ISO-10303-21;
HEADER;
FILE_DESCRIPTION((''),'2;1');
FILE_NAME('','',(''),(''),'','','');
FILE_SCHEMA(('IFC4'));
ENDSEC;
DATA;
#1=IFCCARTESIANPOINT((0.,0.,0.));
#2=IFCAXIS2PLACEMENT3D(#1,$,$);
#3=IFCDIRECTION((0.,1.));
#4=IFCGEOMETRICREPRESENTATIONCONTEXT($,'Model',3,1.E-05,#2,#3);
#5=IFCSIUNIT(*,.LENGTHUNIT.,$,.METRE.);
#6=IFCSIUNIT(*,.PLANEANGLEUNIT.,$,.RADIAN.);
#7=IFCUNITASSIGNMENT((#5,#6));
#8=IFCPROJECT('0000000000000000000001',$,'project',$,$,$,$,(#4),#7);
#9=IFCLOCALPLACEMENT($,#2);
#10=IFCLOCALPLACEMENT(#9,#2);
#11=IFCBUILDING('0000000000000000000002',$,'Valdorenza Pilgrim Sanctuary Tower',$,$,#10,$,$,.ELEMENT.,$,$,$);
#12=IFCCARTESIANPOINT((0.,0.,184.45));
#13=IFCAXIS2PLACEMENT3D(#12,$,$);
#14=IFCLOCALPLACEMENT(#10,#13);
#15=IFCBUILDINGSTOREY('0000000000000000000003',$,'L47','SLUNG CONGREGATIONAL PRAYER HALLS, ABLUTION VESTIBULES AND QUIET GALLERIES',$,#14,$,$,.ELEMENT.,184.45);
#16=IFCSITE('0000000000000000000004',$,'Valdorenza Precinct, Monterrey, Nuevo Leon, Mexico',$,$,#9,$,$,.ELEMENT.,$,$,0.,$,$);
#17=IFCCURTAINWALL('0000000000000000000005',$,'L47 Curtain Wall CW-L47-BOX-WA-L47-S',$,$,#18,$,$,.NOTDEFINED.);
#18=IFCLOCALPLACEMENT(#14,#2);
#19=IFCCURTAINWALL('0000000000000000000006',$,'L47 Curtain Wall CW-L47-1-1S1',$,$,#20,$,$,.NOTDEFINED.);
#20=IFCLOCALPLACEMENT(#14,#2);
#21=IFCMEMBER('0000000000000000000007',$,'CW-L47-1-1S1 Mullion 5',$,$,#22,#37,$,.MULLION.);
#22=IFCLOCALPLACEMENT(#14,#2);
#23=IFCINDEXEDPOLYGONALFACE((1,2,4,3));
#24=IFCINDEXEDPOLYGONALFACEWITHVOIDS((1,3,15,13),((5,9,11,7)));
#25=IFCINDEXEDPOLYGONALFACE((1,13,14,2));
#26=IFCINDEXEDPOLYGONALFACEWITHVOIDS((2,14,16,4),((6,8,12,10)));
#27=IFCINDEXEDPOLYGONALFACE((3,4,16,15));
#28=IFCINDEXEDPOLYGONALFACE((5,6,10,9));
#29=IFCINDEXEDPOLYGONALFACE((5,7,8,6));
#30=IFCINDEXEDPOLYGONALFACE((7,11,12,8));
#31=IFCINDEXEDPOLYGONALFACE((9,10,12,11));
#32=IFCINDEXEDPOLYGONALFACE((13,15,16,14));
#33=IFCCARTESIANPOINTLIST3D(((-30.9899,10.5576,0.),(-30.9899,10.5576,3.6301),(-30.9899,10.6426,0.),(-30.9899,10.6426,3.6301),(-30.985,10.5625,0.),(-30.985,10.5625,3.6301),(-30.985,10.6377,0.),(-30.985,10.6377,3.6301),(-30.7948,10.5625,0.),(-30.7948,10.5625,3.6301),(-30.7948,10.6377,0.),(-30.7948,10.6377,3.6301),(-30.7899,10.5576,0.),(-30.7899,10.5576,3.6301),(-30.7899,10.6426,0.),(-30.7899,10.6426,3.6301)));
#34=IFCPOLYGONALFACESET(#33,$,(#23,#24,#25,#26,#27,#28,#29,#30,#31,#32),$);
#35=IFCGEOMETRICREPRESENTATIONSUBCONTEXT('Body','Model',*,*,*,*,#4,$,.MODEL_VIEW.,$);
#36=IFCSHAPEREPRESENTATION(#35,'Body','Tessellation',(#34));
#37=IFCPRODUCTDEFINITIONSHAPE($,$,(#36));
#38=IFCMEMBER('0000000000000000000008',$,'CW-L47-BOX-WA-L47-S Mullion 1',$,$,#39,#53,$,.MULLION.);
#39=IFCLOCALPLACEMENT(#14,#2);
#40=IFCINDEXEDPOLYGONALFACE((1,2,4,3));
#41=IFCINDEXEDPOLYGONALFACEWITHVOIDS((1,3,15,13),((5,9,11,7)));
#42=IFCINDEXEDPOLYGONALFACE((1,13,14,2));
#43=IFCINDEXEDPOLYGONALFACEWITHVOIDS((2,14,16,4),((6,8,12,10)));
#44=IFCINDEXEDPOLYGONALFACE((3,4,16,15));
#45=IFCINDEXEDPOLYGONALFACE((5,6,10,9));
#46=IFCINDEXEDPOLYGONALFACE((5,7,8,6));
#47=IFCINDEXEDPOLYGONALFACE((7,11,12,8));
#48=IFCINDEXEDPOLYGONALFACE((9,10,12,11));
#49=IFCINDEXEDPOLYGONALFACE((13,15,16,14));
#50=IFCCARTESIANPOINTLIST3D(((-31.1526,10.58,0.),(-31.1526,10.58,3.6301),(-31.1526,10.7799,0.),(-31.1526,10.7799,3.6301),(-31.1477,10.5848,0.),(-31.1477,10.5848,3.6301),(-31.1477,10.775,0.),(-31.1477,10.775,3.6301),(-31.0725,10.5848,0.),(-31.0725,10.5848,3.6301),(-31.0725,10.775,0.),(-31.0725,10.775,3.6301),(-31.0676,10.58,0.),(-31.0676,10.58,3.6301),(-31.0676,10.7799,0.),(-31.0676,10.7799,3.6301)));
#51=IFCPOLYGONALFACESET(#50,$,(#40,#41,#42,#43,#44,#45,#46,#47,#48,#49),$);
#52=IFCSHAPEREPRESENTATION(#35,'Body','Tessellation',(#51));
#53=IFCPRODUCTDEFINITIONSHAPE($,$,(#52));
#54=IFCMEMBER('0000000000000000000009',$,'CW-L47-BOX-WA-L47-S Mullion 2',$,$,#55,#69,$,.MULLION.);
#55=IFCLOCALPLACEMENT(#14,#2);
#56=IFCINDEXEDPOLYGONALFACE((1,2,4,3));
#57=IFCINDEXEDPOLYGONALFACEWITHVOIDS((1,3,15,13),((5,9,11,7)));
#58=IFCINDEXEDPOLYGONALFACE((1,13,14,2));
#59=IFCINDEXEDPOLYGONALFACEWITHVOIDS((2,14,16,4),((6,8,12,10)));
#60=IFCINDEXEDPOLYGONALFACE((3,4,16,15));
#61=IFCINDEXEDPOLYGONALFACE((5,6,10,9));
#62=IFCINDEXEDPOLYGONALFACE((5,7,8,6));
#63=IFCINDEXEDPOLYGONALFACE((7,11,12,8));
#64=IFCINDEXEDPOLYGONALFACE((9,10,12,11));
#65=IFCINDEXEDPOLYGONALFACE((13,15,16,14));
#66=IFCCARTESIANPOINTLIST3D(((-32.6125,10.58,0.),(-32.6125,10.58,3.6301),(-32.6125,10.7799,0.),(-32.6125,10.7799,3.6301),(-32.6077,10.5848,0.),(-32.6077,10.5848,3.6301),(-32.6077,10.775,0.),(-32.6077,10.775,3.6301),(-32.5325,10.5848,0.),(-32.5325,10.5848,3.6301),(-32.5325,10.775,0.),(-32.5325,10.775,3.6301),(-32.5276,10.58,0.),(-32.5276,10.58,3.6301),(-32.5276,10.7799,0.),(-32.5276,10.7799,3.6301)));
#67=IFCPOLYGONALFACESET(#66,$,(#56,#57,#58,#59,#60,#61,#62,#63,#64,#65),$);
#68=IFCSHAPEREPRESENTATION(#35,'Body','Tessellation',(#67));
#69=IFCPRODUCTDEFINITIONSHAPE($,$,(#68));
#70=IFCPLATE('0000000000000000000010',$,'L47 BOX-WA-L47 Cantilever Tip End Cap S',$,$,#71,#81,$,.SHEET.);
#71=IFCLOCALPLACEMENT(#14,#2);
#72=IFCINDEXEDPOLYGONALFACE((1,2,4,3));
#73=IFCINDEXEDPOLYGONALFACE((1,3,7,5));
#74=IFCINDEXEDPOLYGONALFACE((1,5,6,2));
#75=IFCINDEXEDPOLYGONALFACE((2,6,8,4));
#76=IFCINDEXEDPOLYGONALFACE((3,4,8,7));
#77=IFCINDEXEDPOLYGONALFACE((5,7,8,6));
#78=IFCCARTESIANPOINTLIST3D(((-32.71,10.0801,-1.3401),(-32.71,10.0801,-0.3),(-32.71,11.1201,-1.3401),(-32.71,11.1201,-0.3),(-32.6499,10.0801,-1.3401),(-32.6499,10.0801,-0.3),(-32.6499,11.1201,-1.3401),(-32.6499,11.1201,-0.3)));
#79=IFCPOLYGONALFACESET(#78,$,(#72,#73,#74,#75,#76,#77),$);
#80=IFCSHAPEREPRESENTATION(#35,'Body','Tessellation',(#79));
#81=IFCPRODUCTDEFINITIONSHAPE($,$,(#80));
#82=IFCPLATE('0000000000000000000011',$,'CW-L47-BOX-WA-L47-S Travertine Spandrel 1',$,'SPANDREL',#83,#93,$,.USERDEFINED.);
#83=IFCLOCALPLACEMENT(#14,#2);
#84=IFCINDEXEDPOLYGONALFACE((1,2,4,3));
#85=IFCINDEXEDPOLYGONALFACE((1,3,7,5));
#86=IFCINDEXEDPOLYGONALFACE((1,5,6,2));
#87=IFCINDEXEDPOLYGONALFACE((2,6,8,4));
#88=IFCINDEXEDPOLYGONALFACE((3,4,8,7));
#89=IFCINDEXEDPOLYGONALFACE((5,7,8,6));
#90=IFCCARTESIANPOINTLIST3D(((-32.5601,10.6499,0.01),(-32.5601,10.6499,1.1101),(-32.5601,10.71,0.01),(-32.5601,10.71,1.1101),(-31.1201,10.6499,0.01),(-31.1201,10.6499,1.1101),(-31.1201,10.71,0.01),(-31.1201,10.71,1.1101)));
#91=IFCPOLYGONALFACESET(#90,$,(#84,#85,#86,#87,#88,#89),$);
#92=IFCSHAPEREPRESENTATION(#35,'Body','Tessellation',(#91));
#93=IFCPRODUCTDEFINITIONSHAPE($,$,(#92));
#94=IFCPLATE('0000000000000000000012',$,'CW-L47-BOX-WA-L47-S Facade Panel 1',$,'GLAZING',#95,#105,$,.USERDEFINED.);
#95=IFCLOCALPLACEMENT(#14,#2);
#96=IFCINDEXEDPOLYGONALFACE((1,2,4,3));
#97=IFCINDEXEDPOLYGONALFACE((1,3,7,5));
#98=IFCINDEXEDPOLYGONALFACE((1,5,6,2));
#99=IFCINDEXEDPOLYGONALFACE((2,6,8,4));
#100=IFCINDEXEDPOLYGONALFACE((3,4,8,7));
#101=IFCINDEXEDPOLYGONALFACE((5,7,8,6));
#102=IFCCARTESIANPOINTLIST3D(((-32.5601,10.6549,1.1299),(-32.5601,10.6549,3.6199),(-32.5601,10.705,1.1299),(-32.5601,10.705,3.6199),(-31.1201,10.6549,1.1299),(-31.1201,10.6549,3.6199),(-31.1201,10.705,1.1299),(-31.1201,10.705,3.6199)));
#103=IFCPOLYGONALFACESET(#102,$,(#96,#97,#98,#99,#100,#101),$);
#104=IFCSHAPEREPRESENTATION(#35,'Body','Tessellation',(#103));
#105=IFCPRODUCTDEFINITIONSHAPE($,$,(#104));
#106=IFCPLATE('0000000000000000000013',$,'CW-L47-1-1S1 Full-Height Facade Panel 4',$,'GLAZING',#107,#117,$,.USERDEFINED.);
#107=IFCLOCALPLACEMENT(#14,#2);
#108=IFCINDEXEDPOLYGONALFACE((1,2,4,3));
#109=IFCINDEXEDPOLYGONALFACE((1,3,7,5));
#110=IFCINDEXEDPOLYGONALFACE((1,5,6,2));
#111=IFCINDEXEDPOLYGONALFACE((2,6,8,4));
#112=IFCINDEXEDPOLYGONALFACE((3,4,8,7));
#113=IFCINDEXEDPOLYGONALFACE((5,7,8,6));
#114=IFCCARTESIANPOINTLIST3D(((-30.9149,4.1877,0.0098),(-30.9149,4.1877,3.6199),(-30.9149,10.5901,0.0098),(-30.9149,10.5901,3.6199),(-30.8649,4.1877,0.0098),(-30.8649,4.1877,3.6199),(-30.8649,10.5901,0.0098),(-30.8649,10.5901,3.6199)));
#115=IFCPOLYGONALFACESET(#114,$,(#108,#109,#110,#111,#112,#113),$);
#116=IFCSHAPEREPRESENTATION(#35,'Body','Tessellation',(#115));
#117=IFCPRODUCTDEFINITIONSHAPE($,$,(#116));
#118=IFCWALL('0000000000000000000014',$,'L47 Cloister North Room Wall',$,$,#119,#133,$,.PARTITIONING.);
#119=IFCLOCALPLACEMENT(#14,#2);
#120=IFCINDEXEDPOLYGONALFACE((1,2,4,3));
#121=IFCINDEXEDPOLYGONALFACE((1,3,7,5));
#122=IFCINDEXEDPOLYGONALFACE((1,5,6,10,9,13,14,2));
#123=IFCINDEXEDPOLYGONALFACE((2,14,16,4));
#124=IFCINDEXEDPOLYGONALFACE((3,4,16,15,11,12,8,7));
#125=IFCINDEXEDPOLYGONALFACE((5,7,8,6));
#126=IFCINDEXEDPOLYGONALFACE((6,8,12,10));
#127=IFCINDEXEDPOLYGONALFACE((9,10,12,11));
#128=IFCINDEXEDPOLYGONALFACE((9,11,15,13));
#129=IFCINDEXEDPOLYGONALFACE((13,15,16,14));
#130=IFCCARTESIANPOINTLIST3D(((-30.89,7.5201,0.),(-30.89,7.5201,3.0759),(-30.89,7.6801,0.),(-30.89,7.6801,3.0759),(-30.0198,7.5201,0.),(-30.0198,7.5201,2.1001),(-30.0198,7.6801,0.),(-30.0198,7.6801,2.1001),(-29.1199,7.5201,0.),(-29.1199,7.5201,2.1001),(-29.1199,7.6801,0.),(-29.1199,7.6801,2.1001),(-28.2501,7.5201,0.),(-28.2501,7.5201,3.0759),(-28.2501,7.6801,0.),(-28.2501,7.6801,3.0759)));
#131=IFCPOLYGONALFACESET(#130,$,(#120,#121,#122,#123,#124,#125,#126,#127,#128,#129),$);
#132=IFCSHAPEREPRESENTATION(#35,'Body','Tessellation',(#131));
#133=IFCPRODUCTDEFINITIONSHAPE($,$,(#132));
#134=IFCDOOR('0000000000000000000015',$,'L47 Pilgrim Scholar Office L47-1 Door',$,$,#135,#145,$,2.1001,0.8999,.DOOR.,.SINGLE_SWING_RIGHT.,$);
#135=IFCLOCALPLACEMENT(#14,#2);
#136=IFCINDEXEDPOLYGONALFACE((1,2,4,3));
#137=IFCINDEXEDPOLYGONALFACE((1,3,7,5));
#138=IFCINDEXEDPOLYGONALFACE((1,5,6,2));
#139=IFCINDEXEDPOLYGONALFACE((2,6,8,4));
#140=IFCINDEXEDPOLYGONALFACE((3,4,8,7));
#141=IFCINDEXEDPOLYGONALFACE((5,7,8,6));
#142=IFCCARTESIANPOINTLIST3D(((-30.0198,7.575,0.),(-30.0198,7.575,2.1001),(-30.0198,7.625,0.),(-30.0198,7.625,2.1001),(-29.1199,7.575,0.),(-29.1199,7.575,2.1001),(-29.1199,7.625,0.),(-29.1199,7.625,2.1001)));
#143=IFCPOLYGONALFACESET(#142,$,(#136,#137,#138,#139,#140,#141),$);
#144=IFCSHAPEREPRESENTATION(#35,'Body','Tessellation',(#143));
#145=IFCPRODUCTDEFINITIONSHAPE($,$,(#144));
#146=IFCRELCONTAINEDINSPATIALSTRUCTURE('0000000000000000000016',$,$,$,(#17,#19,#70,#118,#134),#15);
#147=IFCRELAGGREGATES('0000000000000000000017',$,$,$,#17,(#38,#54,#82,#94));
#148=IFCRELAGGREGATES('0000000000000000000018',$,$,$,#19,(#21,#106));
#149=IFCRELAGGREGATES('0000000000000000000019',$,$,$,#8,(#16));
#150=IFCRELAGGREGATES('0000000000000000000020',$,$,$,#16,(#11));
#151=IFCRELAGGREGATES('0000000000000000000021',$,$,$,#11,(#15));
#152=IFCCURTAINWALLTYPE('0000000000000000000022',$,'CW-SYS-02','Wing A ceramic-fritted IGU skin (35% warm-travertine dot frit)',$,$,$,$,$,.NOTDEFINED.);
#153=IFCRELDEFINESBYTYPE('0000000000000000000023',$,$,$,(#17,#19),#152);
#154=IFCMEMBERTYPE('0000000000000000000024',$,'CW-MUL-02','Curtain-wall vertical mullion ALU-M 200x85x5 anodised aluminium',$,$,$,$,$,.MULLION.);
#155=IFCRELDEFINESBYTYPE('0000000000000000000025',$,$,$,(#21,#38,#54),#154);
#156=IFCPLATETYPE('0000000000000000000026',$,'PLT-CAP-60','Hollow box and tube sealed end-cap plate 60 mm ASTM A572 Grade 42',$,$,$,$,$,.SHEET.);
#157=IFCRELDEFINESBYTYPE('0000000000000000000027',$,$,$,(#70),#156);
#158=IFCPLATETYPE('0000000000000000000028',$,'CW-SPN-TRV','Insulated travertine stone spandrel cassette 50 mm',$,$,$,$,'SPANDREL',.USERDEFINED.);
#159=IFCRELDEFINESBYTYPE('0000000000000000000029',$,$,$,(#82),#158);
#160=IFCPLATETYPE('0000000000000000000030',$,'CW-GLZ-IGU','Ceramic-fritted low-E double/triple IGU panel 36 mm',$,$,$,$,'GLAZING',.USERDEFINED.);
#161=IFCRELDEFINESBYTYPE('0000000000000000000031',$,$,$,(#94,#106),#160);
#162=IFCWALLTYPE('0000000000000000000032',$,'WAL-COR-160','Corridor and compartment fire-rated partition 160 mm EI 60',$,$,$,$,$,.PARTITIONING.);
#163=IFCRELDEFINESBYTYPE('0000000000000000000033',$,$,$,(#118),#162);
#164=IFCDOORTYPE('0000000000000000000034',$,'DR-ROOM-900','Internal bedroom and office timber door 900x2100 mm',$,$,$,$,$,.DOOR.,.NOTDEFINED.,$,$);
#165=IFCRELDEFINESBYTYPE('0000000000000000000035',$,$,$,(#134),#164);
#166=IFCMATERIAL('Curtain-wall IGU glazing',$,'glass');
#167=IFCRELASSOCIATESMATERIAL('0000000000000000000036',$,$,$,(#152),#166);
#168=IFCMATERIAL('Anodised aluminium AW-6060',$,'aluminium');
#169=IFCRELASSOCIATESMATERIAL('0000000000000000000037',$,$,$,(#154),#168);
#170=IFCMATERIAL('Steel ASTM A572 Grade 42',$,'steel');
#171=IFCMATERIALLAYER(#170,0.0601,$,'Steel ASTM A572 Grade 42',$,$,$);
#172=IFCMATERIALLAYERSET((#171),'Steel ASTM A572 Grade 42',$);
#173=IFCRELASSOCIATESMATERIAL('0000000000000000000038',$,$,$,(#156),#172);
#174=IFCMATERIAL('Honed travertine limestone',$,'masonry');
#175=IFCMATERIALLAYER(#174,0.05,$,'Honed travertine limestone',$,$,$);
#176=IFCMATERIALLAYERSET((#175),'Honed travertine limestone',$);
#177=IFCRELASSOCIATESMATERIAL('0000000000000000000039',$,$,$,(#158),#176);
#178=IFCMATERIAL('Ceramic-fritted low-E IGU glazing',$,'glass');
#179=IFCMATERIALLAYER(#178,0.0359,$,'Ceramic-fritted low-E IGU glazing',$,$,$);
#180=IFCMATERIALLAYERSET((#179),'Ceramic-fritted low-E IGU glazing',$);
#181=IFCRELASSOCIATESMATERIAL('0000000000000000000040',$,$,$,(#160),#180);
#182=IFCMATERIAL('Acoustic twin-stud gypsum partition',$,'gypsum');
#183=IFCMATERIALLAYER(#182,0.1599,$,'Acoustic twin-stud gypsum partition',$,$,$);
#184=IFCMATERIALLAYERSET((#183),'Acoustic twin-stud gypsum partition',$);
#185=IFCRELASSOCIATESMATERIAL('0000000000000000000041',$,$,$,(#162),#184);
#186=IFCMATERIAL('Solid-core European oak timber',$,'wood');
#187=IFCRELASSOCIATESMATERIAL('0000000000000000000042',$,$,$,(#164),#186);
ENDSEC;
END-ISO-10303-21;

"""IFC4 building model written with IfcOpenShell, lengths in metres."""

from ifc_helpers import new_model, si_unit, direction, frame, frame_2d, origin, origin_2d, place, context, subcontext, project, spatial, rectangle, hollow_rectangle, extrude, source, transform, mapped, material, layer, layer_set, material_profile, profile_set, type_object, element, fill, aggregate, save


model = new_model("IFC4")

# Units and contexts
model_context = context("Model", 3, precision=1e-05, world=origin(), true_north=direction((0.0, 1.0)))
body_context = subcontext(model_context, "Body", "Model", "MODEL_VIEW")
ifc_project = project(units=[si_unit("LENGTHUNIT", "METRE"), si_unit("PLANEANGLEUNIT", "RADIAN")], contexts=[model_context])

# Site, building, storey
site_placement = place(None, origin())
site = spatial("IfcSite", under=ifc_project, at=site_placement, Name="Valdorenza Precinct, Monterrey, Nuevo Leon, Mexico", CompositionType="ELEMENT", RefElevation=0.0)
building_placement = place(site_placement, origin())
building = spatial("IfcBuilding", under=site, at=building_placement, Name="Valdorenza Pilgrim Sanctuary Tower", CompositionType="ELEMENT")
storey_placement = place(building_placement, frame((0.0, 0.0, 184.45)))
storey = spatial("IfcBuildingStorey", under=building, at=storey_placement, Name="L47", Description="SLUNG CONGREGATIONAL PRAYER HALLS, ABLUTION VESTIBULES AND QUIET GALLERIES", CompositionType="ELEMENT", Elevation=184.45)

# Curtain wall
ifc_material_1 = material(Name="Curtain-wall IGU glazing", Category="glass")
curtain_wall_type = type_object("IfcCurtainWallType", Name="CW-SYS-02", Description="Wing A ceramic-fritted IGU skin (35% warm-travertine dot frit)", PredefinedType="NOTDEFINED", material=ifc_material_1)
curtain_wall_1_placement = place(storey_placement, origin())
curtain_wall_1 = element("IfcCurtainWall", 1, at=curtain_wall_1_placement, inside=storey, type_object=curtain_wall_type, Name="L47 Curtain Wall CW-L47-BOX-WA-L47-S", PredefinedType="NOTDEFINED")
ifc_material_2 = material(Name="Anodised aluminium AW-6060", Category="aluminium")

# Curtain wall, member
curtain_wall_2_placement = place(storey_placement, origin())
curtain_wall_2 = element("IfcCurtainWall", 2, at=curtain_wall_2_placement, inside=storey, type_object=curtain_wall_type, Name="L47 Curtain Wall CW-L47-1-1S1", PredefinedType="NOTDEFINED")
ifc_material_profile_1 = material_profile(ifc_material_2, hollow_rectangle(XDim=0.085, YDim=0.2, WallThickness=0.0049, at=origin_2d()), Name="ALU-M 200x85x5")
ifc_profile_set_1 = profile_set([ifc_material_profile_1], Name="Anodised aluminium AW-6060")
member_type_1 = type_object("IfcMemberType", Name="CW-MUL-02", Description="Curtain-wall vertical mullion ALU-M 200x85x5 anodised aluminium", PredefinedType="MULLION", material=ifc_profile_set_1)
shared_shape_1 = source(origin(), body_context, "Body", "SweptSolid", [
    extrude(hollow_rectangle(XDim=0.085, YDim=0.2, WallThickness=0.0049, at=origin_2d()), origin(), (0.0, 0.0, 1.0), 3.6301),
])
member_1_placement = place(storey_placement, frame((-30.8899, 10.6001, 0.0), z_axis=(0.0, 0.0, 1.0), x_axis=(0.0, 1.0, 0.0)))
member_1 = element("IfcMember", 3, at=member_1_placement, type_object=member_type_1, Name="CW-L47-1-1S1 Mullion 5", PredefinedType="MULLION", context=body_context, shape_type="MappedRepresentation", body=[
    mapped(shared_shape_1, transform((0.0, 0.0, 0.0), x_axis=(1.0, 0.0, 0.0), y_axis=(0.0, 1.0, 0.0), z_axis=(0.0, 0.0, 1.0), scale=1.0)),
])

# Members
member_2_placement = place(storey_placement, frame((-31.1101, 10.6799, 0.0), z_axis=(0.0, 0.0, 1.0), x_axis=(-1.0, 0.0, 0.0)))
member_2 = element("IfcMember", 4, at=member_2_placement, type_object=member_type_1, Name="CW-L47-BOX-WA-L47-S Mullion 1", PredefinedType="MULLION", context=body_context, shape_type="MappedRepresentation", body=[
    mapped(shared_shape_1, transform((0.0, 0.0, 0.0), x_axis=(1.0, 0.0, 0.0), y_axis=(0.0, 1.0, 0.0), z_axis=(0.0, 0.0, 1.0), scale=1.0)),
])
member_3_placement = place(storey_placement, frame((-32.5701, 10.6799, 0.0), z_axis=(0.0, 0.0, 1.0), x_axis=(-1.0, 0.0, 0.0)))
member_3 = element("IfcMember", 5, at=member_3_placement, type_object=member_type_1, Name="CW-L47-BOX-WA-L47-S Mullion 2", PredefinedType="MULLION", context=body_context, shape_type="MappedRepresentation", body=[
    mapped(shared_shape_1, transform((0.0, 0.0, 0.0), x_axis=(1.0, 0.0, 0.0), y_axis=(0.0, 1.0, 0.0), z_axis=(0.0, 0.0, 1.0), scale=1.0)),
])

# Plates
ifc_material_3 = material(Name="Steel ASTM A572 Grade 42", Category="steel")
ifc_layer_1 = layer(ifc_material_3, 0.0601, Name="Steel ASTM A572 Grade 42")
ifc_layer_set_1 = layer_set([ifc_layer_1], Name="Steel ASTM A572 Grade 42")
plate_type_1 = type_object("IfcPlateType", Name="PLT-CAP-60", Description="Hollow box and tube sealed end-cap plate 60 mm ASTM A572 Grade 42", PredefinedType="SHEET", material=ifc_layer_set_1)
shared_shape_2 = source(origin(), body_context, "Body", "SweptSolid", [
    extrude(rectangle(XDim=0.0601, YDim=1.04, at=origin_2d()), origin(), (0.0, 0.0, 1.0), 1.04),
])
plate_1_placement = place(storey_placement, frame((-32.6799, 10.6001, -1.3401), z_axis=(0.0, 0.0, 1.0), x_axis=(1.0, 0.0, 0.0)))
element("IfcPlate", 6, at=plate_1_placement, inside=storey, type_object=plate_type_1, Name="L47 BOX-WA-L47 Cantilever Tip End Cap S", PredefinedType="SHEET", context=body_context, shape_type="MappedRepresentation", body=[
    mapped(shared_shape_2, transform((0.0, 0.0, 0.0), x_axis=(1.0, 0.0, 0.0), y_axis=(0.0, 1.0, 0.0), z_axis=(0.0, 0.0, 1.0), scale=1.0)),
])
ifc_material_4 = material(Name="Honed travertine limestone", Category="masonry")
ifc_layer_2 = layer(ifc_material_4, 0.05, Name="Honed travertine limestone")
ifc_layer_set_2 = layer_set([ifc_layer_2], Name="Honed travertine limestone")
plate_type_2 = type_object("IfcPlateType", Name="CW-SPN-TRV", Description="Insulated travertine stone spandrel cassette 50 mm", ElementType="SPANDREL", PredefinedType="USERDEFINED", material=ifc_layer_set_2)
shared_shape_3 = source(origin(), body_context, "Body", "SweptSolid", [
    extrude(rectangle(XDim=1.4399, YDim=0.0601, at=origin_2d()), origin(), (0.0, 0.0, 1.0), 1.1001),
])
plate_2_placement = place(storey_placement, frame((-31.8401, 10.6799, 0.01), z_axis=(0.0, 0.0, 1.0), x_axis=(-1.0, 0.0, 0.0)))
plate_2 = element("IfcPlate", 7, at=plate_2_placement, type_object=plate_type_2, Name="CW-L47-BOX-WA-L47-S Travertine Spandrel 1", ObjectType="SPANDREL", PredefinedType="USERDEFINED", context=body_context, shape_type="MappedRepresentation", body=[
    mapped(shared_shape_3, transform((0.0, 0.0, 0.0), x_axis=(1.0, 0.0, 0.0), y_axis=(0.0, 1.0, 0.0), z_axis=(0.0, 0.0, 1.0), scale=1.0)),
])
ifc_material_5 = material(Name="Ceramic-fritted low-E IGU glazing", Category="glass")
ifc_layer_3 = layer(ifc_material_5, 0.0359, Name="Ceramic-fritted low-E IGU glazing")
ifc_layer_set_3 = layer_set([ifc_layer_3], Name="Ceramic-fritted low-E IGU glazing")
plate_type_3 = type_object("IfcPlateType", Name="CW-GLZ-IGU", Description="Ceramic-fritted low-E double/triple IGU panel 36 mm", ElementType="GLAZING", PredefinedType="USERDEFINED", material=ifc_layer_set_3)
shared_shape_4 = source(origin(), body_context, "Body", "SweptSolid", [
    extrude(rectangle(XDim=1.4399, YDim=0.05, at=origin_2d()), origin(), (0.0, 0.0, 1.0), 2.49),
])
plate_3_placement = place(storey_placement, frame((-31.8401, 10.6799, 1.1299), z_axis=(0.0, 0.0, 1.0), x_axis=(-1.0, 0.0, 0.0)))
plate_3 = element("IfcPlate", 8, at=plate_3_placement, type_object=plate_type_3, Name="CW-L47-BOX-WA-L47-S Facade Panel 1", ObjectType="GLAZING", PredefinedType="USERDEFINED", context=body_context, shape_type="MappedRepresentation", body=[
    mapped(shared_shape_4, transform((0.0, 0.0, 0.0), x_axis=(1.0, 0.0, 0.0), y_axis=(0.0, 1.0, 0.0), z_axis=(0.0, 0.0, 1.0), scale=1.0)),
])
aggregate(curtain_wall_1, [member_2, member_3, plate_2, plate_3])
shared_shape_5 = source(origin(), body_context, "Body", "SweptSolid", [
    extrude(rectangle(XDim=6.4023, YDim=0.05, at=origin_2d()), origin(), (0.0, 0.0, 1.0), 3.6101),
])
plate_4_placement = place(storey_placement, frame((-30.8899, 7.3889, 0.0098), z_axis=(0.0, 0.0, 1.0), x_axis=(0.0, 1.0, 0.0)))
plate_4 = element("IfcPlate", 9, at=plate_4_placement, type_object=plate_type_3, Name="CW-L47-1-1S1 Full-Height Facade Panel 4", ObjectType="GLAZING", PredefinedType="USERDEFINED", context=body_context, shape_type="MappedRepresentation", body=[
    mapped(shared_shape_5, transform((0.0, 0.0, 0.0), x_axis=(1.0, 0.0, 0.0), y_axis=(0.0, 1.0, 0.0), z_axis=(0.0, 0.0, 1.0), scale=1.0)),
])
aggregate(curtain_wall_2, [member_1, plate_4])

# Wall, opening, door
ifc_material_6 = material(Name="Acoustic twin-stud gypsum partition", Category="gypsum")
ifc_layer_4 = layer(ifc_material_6, 0.1599, Name="Acoustic twin-stud gypsum partition")
ifc_layer_set_4 = layer_set([ifc_layer_4], Name="Acoustic twin-stud gypsum partition")
wall_type = type_object("IfcWallType", Name="WAL-COR-160", Description="Corridor and compartment fire-rated partition 160 mm EI 60", PredefinedType="PARTITIONING", material=ifc_layer_set_4)
wall_1_placement = place(storey_placement, frame((-30.8899, 7.6001, 0.0), z_axis=(0.0, 0.0, 1.0), x_axis=(1.0, 0.0, 0.0)))
wall_1 = element("IfcWall", 10, at=wall_1_placement, inside=storey, type_object=wall_type, Name="L47 Cloister North Room Wall", PredefinedType="PARTITIONING", context=body_context, shape_type="SweptSolid", body=[
    extrude(rectangle(XDim=2.6399, YDim=0.1599, at=frame_2d((1.3198, 0.0))), origin(), (0.0, 0.0, 1.0), 3.0759),
])
opening_1_placement = place(wall_1_placement, frame((0.8701, 0.0, 0.0)))
opening_1 = element("IfcOpeningElement", 11, at=opening_1_placement, cuts=wall_1, PredefinedType="OPENING", context=body_context, shape_type="SweptSolid", body=[
    extrude(rectangle(XDim=0.8999, YDim=2.1001, at=frame_2d((0.45, 1.05))), frame((0.0, 0.0947, 0.0), z_axis=(0.0, -1.0, 0.0), x_axis=(1.0, 0.0, 0.0)), (0.0, 0.0, 1.0), 0.1897),
])
ifc_material_7 = material(Name="Solid-core European oak timber", Category="wood")
door_type_1 = type_object("IfcDoorType", Name="DR-ROOM-900", Description="Internal bedroom and office timber door 900x2100 mm", OperationType="NOTDEFINED", PredefinedType="DOOR", material=ifc_material_7)
door_1_placement = place(opening_1_placement, origin())
door_1 = element("IfcDoor", 12, at=door_1_placement, inside=storey, type_object=door_type_1, Name="L47 Pilgrim Scholar Office L47-1 Door", OperationType="SINGLE_SWING_RIGHT", OverallHeight=2.1001, OverallWidth=0.8999, PredefinedType="DOOR", context=body_context, shape_type="SweptSolid", body=[
    extrude(rectangle(XDim=0.8999, YDim=2.1001, at=frame_2d((0.45, 1.05))), frame((0.0, 0.0249, 0.0), z_axis=(0.0, -1.0, 0.0), x_axis=(1.0, 0.0, 0.0)), (0.0, 0.0, 1.0), 0.05),
])
fill(opening_1, door_1)

save(model, "model.ifc")
